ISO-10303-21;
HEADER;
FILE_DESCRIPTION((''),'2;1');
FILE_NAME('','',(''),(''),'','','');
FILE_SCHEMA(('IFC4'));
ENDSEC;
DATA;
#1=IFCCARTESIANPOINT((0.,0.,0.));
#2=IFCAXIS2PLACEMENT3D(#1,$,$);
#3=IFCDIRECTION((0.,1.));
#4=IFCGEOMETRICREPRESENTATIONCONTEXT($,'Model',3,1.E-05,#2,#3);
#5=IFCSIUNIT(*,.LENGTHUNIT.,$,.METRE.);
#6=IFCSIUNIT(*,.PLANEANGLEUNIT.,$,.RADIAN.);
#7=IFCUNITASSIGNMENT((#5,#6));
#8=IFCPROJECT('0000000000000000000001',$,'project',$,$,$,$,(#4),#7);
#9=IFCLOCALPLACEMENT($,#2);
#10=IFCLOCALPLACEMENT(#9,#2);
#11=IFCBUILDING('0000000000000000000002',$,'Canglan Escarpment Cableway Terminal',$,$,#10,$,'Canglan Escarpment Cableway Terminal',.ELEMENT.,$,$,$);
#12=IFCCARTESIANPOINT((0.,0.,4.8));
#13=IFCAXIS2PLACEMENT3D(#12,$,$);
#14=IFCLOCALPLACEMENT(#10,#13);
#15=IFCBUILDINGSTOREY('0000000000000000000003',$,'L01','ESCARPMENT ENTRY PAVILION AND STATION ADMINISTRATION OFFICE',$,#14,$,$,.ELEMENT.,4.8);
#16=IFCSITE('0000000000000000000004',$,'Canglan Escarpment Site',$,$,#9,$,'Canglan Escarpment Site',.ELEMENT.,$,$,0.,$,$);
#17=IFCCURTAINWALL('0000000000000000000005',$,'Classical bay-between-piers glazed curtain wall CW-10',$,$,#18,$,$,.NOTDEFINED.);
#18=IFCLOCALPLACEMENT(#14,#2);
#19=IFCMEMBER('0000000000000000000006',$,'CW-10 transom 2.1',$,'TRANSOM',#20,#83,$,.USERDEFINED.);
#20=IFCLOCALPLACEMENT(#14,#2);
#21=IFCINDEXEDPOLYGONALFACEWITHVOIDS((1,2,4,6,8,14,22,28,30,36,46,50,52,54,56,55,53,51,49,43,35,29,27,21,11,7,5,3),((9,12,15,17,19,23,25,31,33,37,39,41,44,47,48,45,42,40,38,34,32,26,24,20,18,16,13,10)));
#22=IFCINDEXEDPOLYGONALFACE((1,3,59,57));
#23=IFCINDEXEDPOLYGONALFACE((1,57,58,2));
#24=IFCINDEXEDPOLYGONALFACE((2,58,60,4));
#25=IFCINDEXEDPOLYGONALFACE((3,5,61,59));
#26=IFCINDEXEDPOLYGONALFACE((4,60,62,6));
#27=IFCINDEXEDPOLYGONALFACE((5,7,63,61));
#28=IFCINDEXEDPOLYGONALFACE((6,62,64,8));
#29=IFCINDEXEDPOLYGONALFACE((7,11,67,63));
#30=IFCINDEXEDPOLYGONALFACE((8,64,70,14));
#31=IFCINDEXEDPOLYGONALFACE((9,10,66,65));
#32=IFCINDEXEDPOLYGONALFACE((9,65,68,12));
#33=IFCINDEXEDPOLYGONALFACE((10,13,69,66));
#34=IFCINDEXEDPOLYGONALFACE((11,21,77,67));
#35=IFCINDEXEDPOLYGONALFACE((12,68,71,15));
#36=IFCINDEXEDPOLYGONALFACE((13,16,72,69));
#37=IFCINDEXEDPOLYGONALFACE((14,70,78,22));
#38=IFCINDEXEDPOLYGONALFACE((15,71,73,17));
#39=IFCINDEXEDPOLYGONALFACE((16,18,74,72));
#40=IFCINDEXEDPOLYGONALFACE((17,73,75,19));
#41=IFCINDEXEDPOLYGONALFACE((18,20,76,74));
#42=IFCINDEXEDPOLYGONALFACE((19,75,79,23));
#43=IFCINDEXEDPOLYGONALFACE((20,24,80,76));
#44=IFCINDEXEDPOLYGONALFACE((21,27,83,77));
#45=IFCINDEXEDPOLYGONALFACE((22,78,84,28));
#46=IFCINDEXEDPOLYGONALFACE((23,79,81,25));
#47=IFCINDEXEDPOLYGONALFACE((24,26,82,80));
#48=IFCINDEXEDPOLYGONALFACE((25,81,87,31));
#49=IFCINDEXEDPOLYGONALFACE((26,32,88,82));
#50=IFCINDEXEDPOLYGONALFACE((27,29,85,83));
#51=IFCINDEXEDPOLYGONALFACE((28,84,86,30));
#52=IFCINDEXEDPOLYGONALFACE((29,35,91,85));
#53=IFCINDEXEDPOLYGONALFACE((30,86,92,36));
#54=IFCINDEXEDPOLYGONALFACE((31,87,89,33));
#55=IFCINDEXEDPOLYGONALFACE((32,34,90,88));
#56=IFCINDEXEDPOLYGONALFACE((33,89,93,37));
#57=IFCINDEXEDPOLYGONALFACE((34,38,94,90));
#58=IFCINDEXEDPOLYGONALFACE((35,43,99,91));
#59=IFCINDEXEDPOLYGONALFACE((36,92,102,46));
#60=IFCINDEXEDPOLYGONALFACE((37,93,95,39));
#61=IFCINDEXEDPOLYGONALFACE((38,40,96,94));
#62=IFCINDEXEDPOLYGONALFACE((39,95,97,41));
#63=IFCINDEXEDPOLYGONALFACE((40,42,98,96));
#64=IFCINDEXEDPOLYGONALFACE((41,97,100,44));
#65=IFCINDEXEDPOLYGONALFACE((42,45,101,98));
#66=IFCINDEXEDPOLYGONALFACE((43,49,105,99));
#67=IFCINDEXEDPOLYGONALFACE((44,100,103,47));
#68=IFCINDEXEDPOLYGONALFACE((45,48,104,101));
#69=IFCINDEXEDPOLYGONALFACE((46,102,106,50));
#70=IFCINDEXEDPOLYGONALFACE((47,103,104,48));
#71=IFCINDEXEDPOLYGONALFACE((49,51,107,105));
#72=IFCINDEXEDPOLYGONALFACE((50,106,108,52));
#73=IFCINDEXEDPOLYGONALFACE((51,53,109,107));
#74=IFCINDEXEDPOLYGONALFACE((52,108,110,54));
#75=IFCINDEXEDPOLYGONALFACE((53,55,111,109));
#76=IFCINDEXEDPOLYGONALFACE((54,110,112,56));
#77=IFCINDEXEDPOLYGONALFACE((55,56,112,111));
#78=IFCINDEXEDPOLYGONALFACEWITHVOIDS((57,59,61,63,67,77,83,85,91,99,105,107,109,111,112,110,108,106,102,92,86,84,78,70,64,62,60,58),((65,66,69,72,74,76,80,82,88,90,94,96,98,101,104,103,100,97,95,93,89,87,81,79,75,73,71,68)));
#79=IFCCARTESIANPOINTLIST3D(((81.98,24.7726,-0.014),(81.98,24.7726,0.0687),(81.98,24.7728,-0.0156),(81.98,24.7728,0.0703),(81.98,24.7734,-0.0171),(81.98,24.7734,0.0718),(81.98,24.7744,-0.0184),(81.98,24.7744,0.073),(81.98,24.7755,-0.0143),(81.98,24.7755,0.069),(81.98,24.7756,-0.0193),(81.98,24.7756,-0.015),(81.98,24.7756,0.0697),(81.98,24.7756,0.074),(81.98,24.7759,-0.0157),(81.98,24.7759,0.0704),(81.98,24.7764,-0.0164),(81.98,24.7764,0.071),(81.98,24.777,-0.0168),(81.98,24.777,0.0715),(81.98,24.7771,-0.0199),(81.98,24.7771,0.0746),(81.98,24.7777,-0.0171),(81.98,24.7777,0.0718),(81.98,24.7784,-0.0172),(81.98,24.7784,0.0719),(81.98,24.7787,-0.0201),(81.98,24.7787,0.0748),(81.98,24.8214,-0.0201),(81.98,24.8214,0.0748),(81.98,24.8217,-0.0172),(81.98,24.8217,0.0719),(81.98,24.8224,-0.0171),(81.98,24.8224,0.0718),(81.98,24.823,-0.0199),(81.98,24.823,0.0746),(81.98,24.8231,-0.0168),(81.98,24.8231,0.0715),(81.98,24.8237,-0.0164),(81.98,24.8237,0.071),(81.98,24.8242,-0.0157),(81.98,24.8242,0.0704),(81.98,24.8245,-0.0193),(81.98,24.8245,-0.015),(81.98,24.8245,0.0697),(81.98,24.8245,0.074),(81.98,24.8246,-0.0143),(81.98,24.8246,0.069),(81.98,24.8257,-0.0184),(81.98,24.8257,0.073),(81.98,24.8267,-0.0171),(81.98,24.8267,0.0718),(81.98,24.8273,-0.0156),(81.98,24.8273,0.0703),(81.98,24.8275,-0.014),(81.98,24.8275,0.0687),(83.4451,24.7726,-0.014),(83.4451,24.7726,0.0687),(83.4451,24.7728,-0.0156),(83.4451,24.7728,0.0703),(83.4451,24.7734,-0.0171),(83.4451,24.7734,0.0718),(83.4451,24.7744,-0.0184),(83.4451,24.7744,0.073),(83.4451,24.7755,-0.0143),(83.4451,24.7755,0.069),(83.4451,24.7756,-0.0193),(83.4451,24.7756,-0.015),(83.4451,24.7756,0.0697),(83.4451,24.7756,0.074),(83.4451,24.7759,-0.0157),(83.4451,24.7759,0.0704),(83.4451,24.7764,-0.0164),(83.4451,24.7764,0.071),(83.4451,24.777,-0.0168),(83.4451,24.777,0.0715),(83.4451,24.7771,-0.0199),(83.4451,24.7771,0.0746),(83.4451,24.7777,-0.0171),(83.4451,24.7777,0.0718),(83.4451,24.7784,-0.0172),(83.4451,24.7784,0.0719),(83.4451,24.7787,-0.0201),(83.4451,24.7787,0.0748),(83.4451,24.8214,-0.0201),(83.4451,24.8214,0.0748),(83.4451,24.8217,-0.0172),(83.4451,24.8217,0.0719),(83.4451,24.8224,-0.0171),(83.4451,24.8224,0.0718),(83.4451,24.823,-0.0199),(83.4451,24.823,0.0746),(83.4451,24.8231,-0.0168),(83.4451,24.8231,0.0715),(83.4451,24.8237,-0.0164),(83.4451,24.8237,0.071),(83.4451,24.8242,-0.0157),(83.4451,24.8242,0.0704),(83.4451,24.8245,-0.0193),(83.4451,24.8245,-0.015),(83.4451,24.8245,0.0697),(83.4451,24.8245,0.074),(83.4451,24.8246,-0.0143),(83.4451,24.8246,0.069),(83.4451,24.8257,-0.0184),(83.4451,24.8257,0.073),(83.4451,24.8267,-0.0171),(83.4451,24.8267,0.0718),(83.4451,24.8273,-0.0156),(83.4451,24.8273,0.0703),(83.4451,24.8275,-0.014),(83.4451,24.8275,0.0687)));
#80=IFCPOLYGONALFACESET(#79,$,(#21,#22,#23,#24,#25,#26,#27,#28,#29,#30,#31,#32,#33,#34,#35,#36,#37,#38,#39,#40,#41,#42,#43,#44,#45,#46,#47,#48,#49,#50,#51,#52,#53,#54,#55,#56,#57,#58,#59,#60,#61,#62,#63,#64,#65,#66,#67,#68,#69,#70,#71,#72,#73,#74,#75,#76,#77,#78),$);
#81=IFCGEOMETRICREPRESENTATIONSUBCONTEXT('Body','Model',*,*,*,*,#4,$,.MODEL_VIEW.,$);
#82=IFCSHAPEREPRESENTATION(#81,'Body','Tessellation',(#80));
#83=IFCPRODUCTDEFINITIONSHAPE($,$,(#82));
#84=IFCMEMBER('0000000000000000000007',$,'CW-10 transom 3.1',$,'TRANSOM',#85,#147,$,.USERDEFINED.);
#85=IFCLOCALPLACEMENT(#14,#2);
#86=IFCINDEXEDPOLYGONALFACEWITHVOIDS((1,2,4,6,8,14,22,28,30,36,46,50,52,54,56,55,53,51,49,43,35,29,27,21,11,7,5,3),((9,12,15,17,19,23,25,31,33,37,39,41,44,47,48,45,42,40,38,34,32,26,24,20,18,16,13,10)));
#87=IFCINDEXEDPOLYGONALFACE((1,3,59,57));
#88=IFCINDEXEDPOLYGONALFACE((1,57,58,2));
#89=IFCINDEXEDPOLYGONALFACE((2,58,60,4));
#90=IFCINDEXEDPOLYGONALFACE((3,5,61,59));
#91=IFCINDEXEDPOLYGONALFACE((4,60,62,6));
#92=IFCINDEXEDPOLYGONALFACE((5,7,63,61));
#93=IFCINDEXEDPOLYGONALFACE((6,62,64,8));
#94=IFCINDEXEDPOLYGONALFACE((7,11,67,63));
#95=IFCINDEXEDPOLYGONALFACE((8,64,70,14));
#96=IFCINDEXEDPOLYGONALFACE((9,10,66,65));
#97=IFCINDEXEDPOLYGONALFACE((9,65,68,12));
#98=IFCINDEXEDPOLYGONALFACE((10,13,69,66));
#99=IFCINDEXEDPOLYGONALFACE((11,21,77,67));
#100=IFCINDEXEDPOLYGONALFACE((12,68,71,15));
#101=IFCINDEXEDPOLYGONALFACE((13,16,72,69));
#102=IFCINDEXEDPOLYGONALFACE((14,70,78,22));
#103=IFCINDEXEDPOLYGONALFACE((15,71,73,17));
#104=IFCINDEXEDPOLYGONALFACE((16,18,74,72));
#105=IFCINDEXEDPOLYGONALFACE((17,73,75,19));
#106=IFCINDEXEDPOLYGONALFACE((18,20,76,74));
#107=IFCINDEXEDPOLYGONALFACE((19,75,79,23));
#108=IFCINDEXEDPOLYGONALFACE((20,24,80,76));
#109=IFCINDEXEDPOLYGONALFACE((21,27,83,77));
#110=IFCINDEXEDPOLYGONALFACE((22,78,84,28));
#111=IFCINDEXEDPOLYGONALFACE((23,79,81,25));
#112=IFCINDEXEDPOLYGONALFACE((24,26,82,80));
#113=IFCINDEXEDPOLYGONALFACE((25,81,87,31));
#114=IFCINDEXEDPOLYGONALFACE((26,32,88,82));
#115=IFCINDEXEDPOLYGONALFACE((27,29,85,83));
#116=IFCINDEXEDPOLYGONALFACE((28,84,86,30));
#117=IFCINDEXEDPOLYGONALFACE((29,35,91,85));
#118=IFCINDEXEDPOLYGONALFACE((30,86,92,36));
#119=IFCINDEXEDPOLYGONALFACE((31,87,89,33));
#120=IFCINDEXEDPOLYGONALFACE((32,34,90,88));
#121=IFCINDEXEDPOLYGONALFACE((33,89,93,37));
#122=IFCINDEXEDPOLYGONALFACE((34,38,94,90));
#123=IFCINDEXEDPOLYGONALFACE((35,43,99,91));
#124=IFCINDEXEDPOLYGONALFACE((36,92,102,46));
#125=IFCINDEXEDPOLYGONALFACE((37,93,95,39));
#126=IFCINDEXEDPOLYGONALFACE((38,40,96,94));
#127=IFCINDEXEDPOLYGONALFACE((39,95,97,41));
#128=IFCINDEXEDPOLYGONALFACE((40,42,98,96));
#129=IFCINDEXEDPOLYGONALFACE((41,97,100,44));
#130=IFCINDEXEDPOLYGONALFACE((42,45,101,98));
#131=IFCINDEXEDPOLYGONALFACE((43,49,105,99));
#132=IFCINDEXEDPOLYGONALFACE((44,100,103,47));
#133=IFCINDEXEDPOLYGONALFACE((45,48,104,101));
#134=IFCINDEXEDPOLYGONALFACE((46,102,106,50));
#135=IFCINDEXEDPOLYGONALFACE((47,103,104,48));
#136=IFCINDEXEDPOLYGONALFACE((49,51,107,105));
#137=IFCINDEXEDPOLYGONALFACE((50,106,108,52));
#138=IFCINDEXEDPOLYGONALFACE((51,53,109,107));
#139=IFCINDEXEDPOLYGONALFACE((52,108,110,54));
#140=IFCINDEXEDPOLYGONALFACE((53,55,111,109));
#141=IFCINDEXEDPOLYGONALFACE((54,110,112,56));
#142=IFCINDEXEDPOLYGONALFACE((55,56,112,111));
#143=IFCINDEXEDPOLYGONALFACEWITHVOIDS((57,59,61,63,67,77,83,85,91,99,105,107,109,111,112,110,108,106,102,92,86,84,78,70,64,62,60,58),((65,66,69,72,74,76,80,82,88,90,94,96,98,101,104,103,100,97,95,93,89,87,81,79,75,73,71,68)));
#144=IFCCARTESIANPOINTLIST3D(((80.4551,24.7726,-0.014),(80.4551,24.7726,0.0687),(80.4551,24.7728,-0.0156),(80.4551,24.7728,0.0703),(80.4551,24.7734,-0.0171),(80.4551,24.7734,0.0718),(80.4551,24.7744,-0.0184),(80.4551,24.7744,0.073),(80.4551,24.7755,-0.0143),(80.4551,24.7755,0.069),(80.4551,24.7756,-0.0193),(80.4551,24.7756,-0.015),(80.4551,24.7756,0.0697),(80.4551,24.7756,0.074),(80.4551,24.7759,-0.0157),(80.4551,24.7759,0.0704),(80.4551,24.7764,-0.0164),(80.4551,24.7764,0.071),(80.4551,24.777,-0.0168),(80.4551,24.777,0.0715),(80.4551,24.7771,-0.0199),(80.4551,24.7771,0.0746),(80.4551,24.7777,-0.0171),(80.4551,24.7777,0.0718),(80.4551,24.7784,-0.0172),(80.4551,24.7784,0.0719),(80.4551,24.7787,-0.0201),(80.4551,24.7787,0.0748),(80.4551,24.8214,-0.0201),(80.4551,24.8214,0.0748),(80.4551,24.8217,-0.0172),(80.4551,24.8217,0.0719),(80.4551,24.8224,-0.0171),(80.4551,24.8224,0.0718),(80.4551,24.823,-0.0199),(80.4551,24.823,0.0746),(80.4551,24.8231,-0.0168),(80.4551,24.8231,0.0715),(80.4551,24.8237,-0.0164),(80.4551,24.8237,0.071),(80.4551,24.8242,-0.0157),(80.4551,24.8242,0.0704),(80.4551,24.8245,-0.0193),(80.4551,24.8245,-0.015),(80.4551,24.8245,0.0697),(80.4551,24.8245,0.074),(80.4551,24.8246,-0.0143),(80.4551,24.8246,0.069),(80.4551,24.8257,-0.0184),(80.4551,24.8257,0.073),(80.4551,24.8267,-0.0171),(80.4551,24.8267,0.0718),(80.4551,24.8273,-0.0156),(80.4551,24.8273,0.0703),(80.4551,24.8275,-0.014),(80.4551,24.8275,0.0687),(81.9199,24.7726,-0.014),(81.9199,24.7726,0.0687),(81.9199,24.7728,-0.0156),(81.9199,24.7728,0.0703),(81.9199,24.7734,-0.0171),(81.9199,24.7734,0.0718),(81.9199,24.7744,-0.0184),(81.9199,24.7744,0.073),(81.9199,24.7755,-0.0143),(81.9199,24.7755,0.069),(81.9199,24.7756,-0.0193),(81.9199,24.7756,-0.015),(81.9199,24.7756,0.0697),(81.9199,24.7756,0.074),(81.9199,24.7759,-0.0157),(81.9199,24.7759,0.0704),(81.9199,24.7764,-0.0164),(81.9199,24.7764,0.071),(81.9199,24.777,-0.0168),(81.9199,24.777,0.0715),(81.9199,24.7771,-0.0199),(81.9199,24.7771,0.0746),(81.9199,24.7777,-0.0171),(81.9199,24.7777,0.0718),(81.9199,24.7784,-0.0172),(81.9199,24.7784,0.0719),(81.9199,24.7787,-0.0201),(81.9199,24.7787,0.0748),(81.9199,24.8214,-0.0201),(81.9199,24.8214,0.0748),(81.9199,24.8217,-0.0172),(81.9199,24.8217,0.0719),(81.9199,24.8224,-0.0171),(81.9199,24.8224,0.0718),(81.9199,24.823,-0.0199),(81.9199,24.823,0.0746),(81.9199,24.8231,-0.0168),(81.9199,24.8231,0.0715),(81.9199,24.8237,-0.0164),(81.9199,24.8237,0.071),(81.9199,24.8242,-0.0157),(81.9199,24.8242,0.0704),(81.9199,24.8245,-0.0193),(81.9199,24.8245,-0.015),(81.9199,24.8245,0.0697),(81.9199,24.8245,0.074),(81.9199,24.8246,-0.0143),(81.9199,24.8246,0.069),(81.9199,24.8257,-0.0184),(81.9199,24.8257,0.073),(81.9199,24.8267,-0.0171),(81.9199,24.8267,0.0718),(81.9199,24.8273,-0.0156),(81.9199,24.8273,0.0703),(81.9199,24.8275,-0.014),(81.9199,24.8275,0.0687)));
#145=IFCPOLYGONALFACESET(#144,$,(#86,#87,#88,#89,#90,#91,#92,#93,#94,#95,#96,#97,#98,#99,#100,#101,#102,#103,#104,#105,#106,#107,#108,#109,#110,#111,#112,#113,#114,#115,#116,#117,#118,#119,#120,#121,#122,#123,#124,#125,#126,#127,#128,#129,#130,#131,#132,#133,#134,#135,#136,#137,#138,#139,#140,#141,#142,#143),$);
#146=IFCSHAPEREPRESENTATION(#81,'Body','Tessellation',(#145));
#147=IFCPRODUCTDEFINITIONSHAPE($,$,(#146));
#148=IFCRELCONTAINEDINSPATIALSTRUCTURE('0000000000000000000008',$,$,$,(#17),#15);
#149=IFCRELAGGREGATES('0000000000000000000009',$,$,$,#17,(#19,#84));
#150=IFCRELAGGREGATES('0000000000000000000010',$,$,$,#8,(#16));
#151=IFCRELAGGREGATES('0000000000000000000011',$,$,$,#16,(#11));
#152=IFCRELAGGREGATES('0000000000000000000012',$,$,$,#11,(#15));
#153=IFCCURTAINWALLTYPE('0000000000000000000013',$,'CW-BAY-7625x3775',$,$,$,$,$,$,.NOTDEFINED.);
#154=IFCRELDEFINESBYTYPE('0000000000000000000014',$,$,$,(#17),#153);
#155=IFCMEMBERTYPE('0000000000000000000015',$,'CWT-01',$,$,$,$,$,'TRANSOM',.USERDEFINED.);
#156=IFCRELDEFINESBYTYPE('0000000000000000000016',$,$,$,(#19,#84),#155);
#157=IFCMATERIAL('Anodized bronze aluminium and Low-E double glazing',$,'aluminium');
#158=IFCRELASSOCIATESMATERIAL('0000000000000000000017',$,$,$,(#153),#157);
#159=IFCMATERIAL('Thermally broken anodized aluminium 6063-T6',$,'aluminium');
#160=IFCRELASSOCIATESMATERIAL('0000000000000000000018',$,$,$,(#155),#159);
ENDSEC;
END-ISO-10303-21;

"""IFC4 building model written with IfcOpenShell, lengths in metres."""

from ifc_helpers import new_model, si_unit, direction, frame, origin, origin_2d, place, context, subcontext, project, spatial, hollow_rectangle, extrude, material, material_profile, profile_set, type_object, element, aggregate, save


model = new_model("IFC4")

# Units and contexts
model_context = context("Model", 3, precision=1e-05, world=origin(), true_north=direction((0.0, 1.0)))
body_context = subcontext(model_context, "Body", "Model", "MODEL_VIEW")
ifc_project = project(units=[si_unit("LENGTHUNIT", "METRE"), si_unit("PLANEANGLEUNIT", "RADIAN")], contexts=[model_context])

# Site, building, storey
site_placement = place(None, origin())
site = spatial("IfcSite", under=ifc_project, at=site_placement, Name="Canglan Escarpment Site", LongName="Canglan Escarpment Site", CompositionType="ELEMENT", RefElevation=0.0)
building_placement = place(site_placement, origin())
building = spatial("IfcBuilding", under=site, at=building_placement, Name="Canglan Escarpment Cableway Terminal", LongName="Canglan Escarpment Cableway Terminal", CompositionType="ELEMENT")
storey_placement = place(building_placement, frame((0.0, 0.0, 4.8)))
storey = spatial("IfcBuildingStorey", under=building, at=storey_placement, Name="L01", Description="ESCARPMENT ENTRY PAVILION AND STATION ADMINISTRATION OFFICE", CompositionType="ELEMENT", Elevation=4.8)

# Curtain wall, members
ifc_material_1 = material(Name="Anodized bronze aluminium and Low-E double glazing", Category="aluminium")
curtain_wall_type = type_object("IfcCurtainWallType", Name="CW-BAY-7625x3775", PredefinedType="NOTDEFINED", material=ifc_material_1)
curtain_wall_placement = place(storey_placement, origin())
curtain_wall = element("IfcCurtainWall", 1, at=curtain_wall_placement, inside=storey, type_object=curtain_wall_type, Name="Classical bay-between-piers glazed curtain wall CW-10", PredefinedType="NOTDEFINED")
ifc_material_2 = material(Name="Thermally broken anodized aluminium 6063-T6", Category="aluminium")
ifc_material_profile_1 = material_profile(ifc_material_2, hollow_rectangle(XDim=0.0549, YDim=0.095, WallThickness=0.0029, InnerFilletRadius=0.0029, OuterFilletRadius=0.0061, at=origin_2d()), Name="ALU-TRAN 55x95x3")
ifc_profile_set_1 = profile_set([ifc_material_profile_1], Name="Thermally broken anodized aluminium 6063-T6")
member_type_1 = type_object("IfcMemberType", Name="CWT-01", ElementType="TRANSOM", PredefinedType="USERDEFINED", material=ifc_profile_set_1)
member_1_placement = place(storey_placement, frame((83.4451, 24.8, 0.0273), z_axis=(-1.0, 0.0, 0.0), x_axis=(0.0, -1.0, 0.0)))
member_1 = element("IfcMember", 2, at=member_1_placement, type_object=member_type_1, Name="CW-10 transom 2.1", ObjectType="TRANSOM", PredefinedType="USERDEFINED", context=body_context, shape_type="SweptSolid", body=[
    extrude(hollow_rectangle(XDim=0.0549, YDim=0.095, WallThickness=0.0029, InnerFilletRadius=0.0029, OuterFilletRadius=0.0061, at=origin_2d()), origin(), (0.0, 0.0, 1.0), 1.4651),
])
member_2_placement = place(storey_placement, frame((81.9199, 24.8, 0.0273), z_axis=(-1.0, 0.0, 0.0), x_axis=(0.0, -1.0, 0.0)))
member_2 = element("IfcMember", 3, at=member_2_placement, type_object=member_type_1, Name="CW-10 transom 3.1", ObjectType="TRANSOM", PredefinedType="USERDEFINED", context=body_context, shape_type="SweptSolid", body=[
    extrude(hollow_rectangle(XDim=0.0549, YDim=0.095, WallThickness=0.0029, InnerFilletRadius=0.0029, OuterFilletRadius=0.0061, at=origin_2d()), origin(), (0.0, 0.0, 1.0), 1.4648),
])
aggregate(curtain_wall, [member_1, member_2])

save(model, "model.ifc")
